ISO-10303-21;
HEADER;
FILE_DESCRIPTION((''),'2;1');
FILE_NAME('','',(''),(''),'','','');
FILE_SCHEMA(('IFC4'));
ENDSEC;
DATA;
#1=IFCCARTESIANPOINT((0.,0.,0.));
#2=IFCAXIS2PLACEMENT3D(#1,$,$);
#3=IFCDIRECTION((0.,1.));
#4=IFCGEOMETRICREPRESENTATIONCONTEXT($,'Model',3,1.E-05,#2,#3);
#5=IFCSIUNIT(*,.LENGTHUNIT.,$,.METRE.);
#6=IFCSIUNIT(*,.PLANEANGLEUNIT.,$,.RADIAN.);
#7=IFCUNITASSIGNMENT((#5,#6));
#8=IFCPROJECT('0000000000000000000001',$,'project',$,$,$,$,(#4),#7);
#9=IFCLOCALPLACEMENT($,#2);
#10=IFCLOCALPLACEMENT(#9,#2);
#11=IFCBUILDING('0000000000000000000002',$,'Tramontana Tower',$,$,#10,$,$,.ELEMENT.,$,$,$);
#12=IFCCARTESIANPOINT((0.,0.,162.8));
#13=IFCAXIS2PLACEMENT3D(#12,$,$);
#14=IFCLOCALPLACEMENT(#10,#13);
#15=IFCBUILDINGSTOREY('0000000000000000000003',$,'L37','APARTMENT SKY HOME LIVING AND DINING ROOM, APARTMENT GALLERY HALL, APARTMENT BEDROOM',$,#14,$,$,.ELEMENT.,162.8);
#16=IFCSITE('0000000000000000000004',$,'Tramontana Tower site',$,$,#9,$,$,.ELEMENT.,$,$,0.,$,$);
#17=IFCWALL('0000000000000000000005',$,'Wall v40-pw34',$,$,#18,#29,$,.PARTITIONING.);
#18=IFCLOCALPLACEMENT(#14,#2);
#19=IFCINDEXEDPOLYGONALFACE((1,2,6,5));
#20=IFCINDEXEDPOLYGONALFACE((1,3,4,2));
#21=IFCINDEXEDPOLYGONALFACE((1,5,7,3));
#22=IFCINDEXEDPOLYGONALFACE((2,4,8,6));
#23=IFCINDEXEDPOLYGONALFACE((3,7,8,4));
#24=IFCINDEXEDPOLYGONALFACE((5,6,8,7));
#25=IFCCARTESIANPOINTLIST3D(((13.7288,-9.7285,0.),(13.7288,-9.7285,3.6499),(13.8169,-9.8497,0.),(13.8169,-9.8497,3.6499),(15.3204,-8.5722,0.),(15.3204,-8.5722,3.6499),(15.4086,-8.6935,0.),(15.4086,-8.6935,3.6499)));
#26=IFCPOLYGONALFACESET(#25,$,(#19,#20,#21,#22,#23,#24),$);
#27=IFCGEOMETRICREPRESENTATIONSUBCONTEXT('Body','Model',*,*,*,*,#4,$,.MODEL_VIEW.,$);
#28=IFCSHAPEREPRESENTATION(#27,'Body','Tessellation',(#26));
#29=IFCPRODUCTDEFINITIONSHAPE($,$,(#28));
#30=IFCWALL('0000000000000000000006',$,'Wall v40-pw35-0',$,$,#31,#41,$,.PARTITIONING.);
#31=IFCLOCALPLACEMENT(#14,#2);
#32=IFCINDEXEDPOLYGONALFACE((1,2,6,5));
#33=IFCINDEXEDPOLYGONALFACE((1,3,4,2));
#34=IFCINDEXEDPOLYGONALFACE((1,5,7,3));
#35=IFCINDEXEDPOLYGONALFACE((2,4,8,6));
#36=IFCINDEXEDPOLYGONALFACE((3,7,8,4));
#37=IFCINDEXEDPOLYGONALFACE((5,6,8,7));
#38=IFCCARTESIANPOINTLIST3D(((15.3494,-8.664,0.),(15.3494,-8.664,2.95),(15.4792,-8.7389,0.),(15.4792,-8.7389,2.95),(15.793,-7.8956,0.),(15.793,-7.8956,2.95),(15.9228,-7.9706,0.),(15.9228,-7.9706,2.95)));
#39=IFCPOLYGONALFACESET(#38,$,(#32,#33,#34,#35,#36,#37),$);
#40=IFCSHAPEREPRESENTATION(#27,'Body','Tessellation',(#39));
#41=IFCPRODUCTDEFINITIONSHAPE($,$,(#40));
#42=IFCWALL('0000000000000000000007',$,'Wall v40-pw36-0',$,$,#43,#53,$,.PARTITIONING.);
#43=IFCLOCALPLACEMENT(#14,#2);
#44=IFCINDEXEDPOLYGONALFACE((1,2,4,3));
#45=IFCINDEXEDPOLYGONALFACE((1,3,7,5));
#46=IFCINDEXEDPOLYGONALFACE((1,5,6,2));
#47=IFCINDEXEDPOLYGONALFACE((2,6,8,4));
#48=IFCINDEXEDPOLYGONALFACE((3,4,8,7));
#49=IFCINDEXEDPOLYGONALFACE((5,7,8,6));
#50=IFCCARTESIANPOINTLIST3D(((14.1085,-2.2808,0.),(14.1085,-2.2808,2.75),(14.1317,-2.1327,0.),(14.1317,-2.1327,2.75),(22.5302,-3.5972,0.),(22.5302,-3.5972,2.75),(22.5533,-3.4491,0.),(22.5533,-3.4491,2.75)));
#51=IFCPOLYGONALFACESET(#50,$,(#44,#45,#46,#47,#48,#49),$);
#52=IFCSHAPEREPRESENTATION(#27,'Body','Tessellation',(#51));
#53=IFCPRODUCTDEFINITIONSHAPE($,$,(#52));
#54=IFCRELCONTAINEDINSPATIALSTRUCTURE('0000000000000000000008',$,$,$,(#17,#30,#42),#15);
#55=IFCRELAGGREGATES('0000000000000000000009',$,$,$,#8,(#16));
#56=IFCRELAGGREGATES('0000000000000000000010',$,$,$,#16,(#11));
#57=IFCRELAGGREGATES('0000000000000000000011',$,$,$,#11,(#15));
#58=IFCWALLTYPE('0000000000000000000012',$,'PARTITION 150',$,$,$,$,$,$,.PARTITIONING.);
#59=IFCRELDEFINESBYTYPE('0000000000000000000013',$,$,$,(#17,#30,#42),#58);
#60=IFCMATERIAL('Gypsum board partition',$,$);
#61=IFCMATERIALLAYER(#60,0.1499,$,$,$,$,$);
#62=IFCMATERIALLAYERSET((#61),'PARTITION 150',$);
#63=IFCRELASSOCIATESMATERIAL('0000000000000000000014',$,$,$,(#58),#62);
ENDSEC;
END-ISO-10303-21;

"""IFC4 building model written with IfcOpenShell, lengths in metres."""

from ifc_helpers import new_model, si_unit, direction, frame, frame_2d, origin, place, context, subcontext, project, spatial, rectangle, extrude, material, layer, layer_set, type_object, element, save


model = new_model("IFC4")

# Units and contexts
model_context = context("Model", 3, precision=1e-05, world=origin(), true_north=direction((0.0, 1.0)))
body_context = subcontext(model_context, "Body", "Model", "MODEL_VIEW")
ifc_project = project(units=[si_unit("LENGTHUNIT", "METRE"), si_unit("PLANEANGLEUNIT", "RADIAN")], contexts=[model_context])

# Site, building, storey
site_placement = place(None, origin())
site = spatial("IfcSite", under=ifc_project, at=site_placement, Name="Tramontana Tower site", CompositionType="ELEMENT", RefElevation=0.0)
building_placement = place(site_placement, origin())
building = spatial("IfcBuilding", under=site, at=building_placement, Name="Tramontana Tower", CompositionType="ELEMENT")
storey_placement = place(building_placement, frame((0.0, 0.0, 162.8)))
storey = spatial("IfcBuildingStorey", under=building, at=storey_placement, Name="L37", Description="APARTMENT SKY HOME LIVING AND DINING ROOM, APARTMENT GALLERY HALL, APARTMENT BEDROOM", CompositionType="ELEMENT", Elevation=162.8)

# Shared definitions
ifc_material_1 = material(Name="Gypsum board partition")
ifc_layer_1 = layer(ifc_material_1, 0.1499)
ifc_layer_set_1 = layer_set([ifc_layer_1], Name="PARTITION 150")
wall_type_1 = type_object("IfcWallType", Name="PARTITION 150", PredefinedType="PARTITIONING", material=ifc_layer_set_1)

# Walls
wall_1_placement = place(storey_placement, frame((15.3645, -8.6328, 0.0), z_axis=(0.0, 0.0, 1.0), x_axis=(-0.809037, -0.587758, 0.0)))
element("IfcWall", 1, at=wall_1_placement, inside=storey, type_object=wall_type_1, Name="Wall v40-pw34", PredefinedType="PARTITIONING", context=body_context, shape_type="SweptSolid", body=[
    extrude(rectangle(XDim=1.9673, YDim=0.1499, at=frame_2d((0.9836, 0.0))), origin(), (0.0, 0.0, 1.0), 3.6499),
])
wall_2_placement = place(storey_placement, frame((15.8579, -7.9331, 0.0), z_axis=(0.0, 0.0, 1.0), x_axis=(-0.500016, -0.866016, 0.0)))
element("IfcWall", 2, at=wall_2_placement, inside=storey, type_object=wall_type_1, Name="Wall v40-pw35-0", PredefinedType="PARTITIONING", context=body_context, shape_type="SweptSolid", body=[
    extrude(rectangle(XDim=0.8872, YDim=0.1499, at=frame_2d((0.4436, 0.0))), origin(), (0.0, 0.0, 1.0), 2.95),
])
wall_3_placement = place(storey_placement, frame((22.5417, -3.5232, 0.0), z_axis=(0.0, 0.0, 1.0), x_axis=(-0.988003, 0.154437, 0.0)))
element("IfcWall", 3, at=wall_3_placement, inside=storey, type_object=wall_type_1, Name="Wall v40-pw36-0", PredefinedType="PARTITIONING", context=body_context, shape_type="SweptSolid", body=[
    extrude(rectangle(XDim=8.5239, YDim=0.1499, at=frame_2d((4.262, 0.0))), origin(), (0.0, 0.0, 1.0), 2.75),
])

save(model, "model.ifc")
